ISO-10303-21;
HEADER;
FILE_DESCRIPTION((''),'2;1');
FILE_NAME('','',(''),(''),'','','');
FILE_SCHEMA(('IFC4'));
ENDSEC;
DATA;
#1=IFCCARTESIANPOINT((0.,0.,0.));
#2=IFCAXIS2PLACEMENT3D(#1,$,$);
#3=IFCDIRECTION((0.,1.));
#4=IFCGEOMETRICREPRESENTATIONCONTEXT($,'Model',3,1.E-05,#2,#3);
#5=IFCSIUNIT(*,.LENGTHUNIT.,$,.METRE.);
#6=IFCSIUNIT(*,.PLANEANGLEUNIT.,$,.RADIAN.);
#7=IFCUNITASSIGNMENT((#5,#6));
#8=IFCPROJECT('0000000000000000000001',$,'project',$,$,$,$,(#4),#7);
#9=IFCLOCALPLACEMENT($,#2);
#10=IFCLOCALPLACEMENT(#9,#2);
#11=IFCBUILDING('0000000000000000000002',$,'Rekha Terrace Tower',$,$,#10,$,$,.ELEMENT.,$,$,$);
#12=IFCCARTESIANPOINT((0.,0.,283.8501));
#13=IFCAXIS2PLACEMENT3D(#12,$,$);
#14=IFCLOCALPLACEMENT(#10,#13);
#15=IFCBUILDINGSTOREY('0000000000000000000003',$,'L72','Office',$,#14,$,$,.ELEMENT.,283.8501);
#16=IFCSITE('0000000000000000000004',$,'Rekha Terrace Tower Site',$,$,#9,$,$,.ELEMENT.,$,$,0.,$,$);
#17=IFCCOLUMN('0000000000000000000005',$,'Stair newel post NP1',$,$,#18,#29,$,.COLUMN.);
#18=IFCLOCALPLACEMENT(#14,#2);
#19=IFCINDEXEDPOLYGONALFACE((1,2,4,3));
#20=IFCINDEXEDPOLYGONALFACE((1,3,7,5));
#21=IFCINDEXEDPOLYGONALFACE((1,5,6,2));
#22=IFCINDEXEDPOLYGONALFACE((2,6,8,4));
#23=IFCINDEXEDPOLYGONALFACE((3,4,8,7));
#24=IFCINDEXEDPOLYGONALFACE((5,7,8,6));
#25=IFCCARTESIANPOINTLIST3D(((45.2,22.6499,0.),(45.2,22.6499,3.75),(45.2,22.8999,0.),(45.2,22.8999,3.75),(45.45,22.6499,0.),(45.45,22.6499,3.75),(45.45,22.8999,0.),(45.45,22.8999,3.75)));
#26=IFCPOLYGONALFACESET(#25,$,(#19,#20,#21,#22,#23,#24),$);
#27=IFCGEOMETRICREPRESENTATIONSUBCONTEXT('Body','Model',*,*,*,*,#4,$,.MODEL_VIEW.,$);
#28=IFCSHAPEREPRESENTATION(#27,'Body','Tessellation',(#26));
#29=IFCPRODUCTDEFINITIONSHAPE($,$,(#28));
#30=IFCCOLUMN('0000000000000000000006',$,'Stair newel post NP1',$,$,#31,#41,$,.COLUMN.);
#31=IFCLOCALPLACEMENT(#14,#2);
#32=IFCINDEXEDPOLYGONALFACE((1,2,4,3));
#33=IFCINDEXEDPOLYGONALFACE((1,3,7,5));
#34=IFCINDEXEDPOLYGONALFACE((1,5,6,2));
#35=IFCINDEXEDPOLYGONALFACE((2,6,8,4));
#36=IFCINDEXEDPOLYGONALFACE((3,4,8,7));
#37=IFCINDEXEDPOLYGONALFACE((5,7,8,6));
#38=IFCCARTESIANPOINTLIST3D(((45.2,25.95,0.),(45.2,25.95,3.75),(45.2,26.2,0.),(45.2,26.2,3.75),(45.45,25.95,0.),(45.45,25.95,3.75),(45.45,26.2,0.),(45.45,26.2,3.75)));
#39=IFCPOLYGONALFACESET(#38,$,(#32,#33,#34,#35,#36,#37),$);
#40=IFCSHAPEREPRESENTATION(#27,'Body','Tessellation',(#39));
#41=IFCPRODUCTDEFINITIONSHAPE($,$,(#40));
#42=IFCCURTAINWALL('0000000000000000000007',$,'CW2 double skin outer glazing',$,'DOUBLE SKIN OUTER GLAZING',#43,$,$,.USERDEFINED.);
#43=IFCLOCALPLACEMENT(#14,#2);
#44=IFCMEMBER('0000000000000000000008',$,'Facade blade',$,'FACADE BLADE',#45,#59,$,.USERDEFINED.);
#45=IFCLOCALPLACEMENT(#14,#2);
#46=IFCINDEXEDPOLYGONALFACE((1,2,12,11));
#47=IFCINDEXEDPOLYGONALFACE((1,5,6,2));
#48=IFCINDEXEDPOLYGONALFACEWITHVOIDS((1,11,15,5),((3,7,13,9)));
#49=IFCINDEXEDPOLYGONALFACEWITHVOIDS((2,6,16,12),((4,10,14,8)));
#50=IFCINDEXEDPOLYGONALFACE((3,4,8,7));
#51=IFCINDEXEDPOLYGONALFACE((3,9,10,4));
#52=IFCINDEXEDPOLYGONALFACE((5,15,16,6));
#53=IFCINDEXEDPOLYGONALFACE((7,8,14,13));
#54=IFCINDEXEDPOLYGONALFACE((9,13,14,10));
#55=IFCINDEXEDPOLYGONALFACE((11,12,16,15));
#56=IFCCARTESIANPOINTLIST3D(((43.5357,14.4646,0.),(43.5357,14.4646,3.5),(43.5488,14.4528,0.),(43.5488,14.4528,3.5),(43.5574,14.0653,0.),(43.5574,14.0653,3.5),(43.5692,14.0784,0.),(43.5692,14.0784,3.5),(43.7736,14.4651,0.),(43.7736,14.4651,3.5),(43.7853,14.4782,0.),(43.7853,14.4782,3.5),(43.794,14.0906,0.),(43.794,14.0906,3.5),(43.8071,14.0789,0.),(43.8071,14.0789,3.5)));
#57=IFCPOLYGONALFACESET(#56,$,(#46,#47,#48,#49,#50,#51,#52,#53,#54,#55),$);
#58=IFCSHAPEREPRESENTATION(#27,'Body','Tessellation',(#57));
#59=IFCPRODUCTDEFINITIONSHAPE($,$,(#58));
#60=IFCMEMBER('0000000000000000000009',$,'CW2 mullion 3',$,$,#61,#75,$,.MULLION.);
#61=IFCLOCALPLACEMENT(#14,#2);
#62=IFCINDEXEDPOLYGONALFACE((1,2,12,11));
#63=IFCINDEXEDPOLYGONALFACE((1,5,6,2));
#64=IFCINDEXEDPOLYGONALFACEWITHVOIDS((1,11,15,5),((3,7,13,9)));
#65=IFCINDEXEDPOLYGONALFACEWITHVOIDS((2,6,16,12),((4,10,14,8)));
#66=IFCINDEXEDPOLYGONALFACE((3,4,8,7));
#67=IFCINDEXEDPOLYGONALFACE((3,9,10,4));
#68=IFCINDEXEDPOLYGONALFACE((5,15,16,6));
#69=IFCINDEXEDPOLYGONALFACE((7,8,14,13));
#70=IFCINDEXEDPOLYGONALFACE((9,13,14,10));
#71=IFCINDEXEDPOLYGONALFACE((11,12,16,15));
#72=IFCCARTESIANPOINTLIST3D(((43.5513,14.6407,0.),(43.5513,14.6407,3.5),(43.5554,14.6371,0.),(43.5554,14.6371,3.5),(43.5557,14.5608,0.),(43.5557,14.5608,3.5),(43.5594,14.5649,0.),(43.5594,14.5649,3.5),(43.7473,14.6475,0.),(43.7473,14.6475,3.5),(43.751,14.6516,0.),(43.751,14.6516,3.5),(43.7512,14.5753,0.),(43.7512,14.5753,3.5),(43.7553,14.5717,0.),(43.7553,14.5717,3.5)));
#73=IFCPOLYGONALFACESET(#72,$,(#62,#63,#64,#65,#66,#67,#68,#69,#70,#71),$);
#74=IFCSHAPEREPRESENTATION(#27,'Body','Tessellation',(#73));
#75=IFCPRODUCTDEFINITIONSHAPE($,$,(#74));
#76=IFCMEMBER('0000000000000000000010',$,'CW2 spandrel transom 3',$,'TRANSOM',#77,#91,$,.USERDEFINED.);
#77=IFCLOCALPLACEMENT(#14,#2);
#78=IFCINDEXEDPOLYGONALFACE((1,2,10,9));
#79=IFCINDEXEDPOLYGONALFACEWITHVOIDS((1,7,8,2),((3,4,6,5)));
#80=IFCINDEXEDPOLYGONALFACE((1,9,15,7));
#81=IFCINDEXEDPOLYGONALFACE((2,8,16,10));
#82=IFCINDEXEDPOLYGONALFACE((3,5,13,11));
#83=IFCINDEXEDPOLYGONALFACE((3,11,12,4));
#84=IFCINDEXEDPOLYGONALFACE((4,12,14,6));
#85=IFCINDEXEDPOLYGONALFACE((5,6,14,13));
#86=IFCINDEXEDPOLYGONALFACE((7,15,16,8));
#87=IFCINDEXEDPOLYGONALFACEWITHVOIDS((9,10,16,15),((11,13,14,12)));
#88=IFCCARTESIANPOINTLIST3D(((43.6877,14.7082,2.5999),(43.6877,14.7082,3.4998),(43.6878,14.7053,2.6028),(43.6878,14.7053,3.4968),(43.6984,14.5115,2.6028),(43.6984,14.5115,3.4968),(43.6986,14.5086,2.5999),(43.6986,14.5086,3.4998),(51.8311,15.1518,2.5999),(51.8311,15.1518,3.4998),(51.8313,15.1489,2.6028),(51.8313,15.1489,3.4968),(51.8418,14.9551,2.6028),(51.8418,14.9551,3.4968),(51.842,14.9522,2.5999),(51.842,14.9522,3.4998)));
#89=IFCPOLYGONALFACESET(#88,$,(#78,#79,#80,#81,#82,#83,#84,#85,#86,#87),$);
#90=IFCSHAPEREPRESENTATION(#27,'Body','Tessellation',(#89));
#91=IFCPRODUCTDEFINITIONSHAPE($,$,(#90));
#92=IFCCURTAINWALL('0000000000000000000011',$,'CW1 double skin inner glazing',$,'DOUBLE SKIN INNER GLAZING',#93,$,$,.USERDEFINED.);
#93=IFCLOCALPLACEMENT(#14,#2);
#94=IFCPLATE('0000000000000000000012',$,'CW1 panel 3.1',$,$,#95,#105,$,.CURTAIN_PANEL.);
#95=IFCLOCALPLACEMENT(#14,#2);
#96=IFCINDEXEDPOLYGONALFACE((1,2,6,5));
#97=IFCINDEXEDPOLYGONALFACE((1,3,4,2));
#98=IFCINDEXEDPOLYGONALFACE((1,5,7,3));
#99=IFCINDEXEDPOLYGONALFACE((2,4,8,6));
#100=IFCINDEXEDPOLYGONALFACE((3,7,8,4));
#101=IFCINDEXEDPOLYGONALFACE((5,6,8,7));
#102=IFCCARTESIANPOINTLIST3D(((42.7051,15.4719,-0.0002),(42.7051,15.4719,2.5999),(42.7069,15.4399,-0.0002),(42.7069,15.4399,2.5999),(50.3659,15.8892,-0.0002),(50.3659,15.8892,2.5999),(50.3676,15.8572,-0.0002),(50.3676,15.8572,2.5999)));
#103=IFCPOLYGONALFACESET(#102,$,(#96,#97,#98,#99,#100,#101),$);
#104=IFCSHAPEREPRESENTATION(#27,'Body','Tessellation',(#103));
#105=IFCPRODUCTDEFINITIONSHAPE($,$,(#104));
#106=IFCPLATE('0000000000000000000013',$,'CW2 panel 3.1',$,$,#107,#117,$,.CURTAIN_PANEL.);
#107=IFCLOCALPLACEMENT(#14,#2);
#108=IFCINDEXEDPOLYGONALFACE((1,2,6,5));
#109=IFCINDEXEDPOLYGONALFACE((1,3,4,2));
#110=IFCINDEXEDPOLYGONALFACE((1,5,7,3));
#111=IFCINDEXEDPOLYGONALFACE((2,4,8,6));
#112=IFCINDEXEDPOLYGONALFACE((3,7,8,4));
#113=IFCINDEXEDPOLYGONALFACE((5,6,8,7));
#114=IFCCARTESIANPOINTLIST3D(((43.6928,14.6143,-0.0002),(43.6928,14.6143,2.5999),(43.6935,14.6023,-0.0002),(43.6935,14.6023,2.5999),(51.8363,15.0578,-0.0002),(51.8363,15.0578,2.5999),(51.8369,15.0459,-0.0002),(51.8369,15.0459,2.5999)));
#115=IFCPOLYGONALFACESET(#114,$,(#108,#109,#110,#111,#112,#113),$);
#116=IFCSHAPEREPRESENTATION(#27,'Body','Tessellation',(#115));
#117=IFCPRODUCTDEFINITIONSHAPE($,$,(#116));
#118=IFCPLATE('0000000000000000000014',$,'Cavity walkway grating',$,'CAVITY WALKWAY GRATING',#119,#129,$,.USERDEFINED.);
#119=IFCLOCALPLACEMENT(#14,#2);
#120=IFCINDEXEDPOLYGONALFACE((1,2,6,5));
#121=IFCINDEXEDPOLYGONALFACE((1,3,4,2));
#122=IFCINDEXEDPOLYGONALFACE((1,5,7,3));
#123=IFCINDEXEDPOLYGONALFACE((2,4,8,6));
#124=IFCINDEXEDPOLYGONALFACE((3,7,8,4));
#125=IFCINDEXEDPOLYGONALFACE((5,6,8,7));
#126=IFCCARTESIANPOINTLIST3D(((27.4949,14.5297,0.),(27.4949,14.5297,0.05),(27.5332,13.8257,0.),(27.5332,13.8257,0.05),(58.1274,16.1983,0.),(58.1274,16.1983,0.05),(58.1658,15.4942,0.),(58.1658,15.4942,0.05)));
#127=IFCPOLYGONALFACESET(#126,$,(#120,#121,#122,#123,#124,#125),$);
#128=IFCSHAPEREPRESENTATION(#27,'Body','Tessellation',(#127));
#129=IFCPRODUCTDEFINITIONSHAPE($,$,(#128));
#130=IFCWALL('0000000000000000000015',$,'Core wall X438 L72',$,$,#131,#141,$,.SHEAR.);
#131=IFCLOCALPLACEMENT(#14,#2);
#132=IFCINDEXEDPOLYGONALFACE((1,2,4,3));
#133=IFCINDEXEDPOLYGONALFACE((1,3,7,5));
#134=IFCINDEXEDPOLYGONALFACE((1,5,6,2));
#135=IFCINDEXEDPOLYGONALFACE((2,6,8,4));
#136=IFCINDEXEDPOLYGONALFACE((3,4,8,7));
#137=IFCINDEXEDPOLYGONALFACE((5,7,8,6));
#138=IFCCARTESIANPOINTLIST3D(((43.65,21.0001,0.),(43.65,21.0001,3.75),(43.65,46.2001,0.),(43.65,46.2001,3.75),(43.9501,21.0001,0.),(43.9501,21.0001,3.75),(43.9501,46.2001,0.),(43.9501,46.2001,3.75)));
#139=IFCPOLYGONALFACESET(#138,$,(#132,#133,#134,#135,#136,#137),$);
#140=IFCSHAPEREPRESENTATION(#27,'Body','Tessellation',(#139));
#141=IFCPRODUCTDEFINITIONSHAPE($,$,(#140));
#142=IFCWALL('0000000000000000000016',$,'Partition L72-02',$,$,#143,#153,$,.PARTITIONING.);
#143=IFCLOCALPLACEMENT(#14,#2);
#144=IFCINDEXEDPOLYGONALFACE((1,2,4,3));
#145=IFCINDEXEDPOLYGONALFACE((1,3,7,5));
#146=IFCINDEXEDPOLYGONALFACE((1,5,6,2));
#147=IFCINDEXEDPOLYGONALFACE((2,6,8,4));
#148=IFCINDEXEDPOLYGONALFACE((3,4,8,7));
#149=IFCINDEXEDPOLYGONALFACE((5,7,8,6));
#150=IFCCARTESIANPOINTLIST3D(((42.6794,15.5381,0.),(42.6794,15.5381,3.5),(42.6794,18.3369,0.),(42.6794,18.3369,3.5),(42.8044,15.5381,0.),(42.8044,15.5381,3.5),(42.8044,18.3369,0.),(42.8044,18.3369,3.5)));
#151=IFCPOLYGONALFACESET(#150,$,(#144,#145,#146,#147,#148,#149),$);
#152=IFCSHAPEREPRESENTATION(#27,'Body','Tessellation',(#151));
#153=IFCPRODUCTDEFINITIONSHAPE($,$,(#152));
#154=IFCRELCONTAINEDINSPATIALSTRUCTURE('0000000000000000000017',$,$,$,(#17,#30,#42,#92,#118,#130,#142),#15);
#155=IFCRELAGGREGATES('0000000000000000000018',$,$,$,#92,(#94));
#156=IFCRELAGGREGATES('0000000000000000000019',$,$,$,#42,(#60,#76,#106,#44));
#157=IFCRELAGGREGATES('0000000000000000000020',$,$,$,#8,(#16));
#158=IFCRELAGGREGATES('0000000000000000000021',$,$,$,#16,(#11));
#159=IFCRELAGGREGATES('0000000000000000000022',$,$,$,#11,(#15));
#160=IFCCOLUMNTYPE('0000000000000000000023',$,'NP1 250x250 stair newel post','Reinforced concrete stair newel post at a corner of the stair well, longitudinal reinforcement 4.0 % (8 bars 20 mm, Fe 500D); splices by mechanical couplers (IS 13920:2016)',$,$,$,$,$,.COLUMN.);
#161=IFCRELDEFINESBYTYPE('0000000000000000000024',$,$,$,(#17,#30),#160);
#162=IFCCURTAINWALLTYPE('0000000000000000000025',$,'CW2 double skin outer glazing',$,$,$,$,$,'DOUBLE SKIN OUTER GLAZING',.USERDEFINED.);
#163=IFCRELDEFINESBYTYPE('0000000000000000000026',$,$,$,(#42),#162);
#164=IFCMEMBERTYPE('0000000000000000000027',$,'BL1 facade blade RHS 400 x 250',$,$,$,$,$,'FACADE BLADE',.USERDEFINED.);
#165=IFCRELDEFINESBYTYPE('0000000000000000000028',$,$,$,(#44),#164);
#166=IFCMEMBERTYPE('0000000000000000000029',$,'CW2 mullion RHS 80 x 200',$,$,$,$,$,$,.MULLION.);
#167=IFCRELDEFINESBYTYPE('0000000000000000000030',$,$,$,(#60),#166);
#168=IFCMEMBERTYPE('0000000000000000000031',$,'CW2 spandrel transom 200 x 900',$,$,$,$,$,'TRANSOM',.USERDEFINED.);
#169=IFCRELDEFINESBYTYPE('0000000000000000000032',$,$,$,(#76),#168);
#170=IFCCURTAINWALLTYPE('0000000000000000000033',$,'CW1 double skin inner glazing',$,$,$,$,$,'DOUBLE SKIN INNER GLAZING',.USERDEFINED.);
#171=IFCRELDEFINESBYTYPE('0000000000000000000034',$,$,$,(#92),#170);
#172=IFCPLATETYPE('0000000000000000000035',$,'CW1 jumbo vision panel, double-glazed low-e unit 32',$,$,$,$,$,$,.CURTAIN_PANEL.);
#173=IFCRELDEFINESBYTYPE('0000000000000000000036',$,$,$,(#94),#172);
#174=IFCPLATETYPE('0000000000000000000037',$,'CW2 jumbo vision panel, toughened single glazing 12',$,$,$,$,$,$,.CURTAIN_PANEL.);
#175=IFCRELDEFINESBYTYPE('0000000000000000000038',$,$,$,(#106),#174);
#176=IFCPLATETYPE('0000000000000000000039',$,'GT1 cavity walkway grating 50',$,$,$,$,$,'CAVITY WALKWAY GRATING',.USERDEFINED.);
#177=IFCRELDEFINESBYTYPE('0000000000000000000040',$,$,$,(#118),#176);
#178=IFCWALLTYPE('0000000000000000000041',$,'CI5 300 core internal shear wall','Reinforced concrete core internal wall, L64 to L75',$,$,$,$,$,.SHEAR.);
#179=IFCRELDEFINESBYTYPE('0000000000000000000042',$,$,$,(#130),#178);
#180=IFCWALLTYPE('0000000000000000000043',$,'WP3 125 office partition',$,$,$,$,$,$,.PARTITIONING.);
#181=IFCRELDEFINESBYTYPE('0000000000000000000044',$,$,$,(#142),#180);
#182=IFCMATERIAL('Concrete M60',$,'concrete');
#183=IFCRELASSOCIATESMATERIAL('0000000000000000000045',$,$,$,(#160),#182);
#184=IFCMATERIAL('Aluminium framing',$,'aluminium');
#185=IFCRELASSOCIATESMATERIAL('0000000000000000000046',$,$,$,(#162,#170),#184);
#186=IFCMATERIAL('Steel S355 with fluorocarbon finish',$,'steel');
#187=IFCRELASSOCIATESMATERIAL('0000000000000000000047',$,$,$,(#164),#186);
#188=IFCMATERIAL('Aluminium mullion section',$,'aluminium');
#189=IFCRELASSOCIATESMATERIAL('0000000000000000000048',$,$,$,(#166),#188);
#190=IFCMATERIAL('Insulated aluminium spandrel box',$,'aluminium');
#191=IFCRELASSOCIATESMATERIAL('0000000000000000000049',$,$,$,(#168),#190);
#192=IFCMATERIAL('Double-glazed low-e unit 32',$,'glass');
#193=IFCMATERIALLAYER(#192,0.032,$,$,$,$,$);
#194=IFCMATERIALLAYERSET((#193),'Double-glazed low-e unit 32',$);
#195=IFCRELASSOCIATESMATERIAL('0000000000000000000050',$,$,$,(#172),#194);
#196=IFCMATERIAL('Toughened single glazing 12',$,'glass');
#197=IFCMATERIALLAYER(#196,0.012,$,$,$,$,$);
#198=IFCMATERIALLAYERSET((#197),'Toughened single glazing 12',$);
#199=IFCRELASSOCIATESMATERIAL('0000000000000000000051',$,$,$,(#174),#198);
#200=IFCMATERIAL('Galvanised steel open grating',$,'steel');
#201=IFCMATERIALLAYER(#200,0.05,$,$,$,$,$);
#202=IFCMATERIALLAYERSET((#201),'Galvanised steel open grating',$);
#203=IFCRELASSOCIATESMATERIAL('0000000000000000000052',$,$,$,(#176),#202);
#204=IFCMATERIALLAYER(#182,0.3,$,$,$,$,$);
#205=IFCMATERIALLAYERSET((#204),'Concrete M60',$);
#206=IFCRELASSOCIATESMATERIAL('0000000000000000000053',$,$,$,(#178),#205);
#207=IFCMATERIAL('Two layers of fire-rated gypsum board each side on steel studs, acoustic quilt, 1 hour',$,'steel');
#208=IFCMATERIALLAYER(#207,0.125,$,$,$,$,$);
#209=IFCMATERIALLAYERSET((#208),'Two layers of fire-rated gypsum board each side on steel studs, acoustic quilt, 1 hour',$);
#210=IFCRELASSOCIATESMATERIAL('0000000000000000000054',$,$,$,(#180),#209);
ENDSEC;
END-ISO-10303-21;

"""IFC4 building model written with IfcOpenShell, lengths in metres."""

from ifc_helpers import new_model, si_unit, direction, frame, frame_2d, origin, origin_2d, place, context, subcontext, project, spatial, rectangle, hollow_rectangle, extrude, material, layer, layer_set, material_profile, profile_set, type_object, element, aggregate, save


model = new_model("IFC4")

# Units and contexts
model_context = context("Model", 3, precision=1e-05, world=origin(), true_north=direction((0.0, 1.0)))
body_context = subcontext(model_context, "Body", "Model", "MODEL_VIEW")
ifc_project = project(units=[si_unit("LENGTHUNIT", "METRE"), si_unit("PLANEANGLEUNIT", "RADIAN")], contexts=[model_context])

# Site, building, storey
site_placement = place(None, origin())
site = spatial("IfcSite", under=ifc_project, at=site_placement, Name="Rekha Terrace Tower Site", CompositionType="ELEMENT", RefElevation=0.0)
building_placement = place(site_placement, origin())
building = spatial("IfcBuilding", under=site, at=building_placement, Name="Rekha Terrace Tower", CompositionType="ELEMENT")
storey_placement = place(building_placement, frame((0.0, 0.0, 283.8501)))
storey = spatial("IfcBuildingStorey", under=building, at=storey_placement, Name="L72", Description="Office", CompositionType="ELEMENT", Elevation=283.8501)

# Columns
ifc_material_1 = material(Name="Concrete M60", Category="concrete")
ifc_material_profile_1 = material_profile(ifc_material_1, rectangle(XDim=0.25, YDim=0.25, at=origin_2d()), Name="RC 250x250")
ifc_profile_set_1 = profile_set([ifc_material_profile_1], Name="Concrete M60")
column_type = type_object("IfcColumnType", Name="NP1 250x250 stair newel post", Description="Reinforced concrete stair newel post at a corner of the stair well, longitudinal reinforcement 4.0 % (8 bars 20 mm, Fe 500D); splices by mechanical couplers (IS 13920:2016)", PredefinedType="COLUMN", material=ifc_profile_set_1)
for number, where, z_axis, x_axis, name in (
    (1, (45.325, 22.7749, 0.0), (0.0, 0.0, 1.0), (1.0, 0.0, 0.0), "Stair newel post NP1"),
    (2, (45.325, 26.075, 0.0), (0.0, 0.0, 1.0), (1.0, 0.0, 0.0), "Stair newel post NP1"),
):
    element("IfcColumn", number, at=place(storey_placement, frame(where, z_axis=z_axis, x_axis=x_axis)), inside=storey, type_object=column_type, Name=name, PredefinedType="COLUMN", context=body_context, shape_type="SweptSolid", body=[
        extrude(rectangle(XDim=0.25, YDim=0.25, at=origin_2d()), origin(), (0.0, 0.0, 1.0), 3.75),
    ])

# Curtain wall, members
ifc_material_2 = material(Name="Aluminium framing", Category="aluminium")
curtain_wall_type_1 = type_object("IfcCurtainWallType", Name="CW2 double skin outer glazing", ElementType="DOUBLE SKIN OUTER GLAZING", PredefinedType="USERDEFINED", material=ifc_material_2)
curtain_wall_1_placement = place(storey_placement, origin())
curtain_wall_1 = element("IfcCurtainWall", 3, at=curtain_wall_1_placement, inside=storey, type_object=curtain_wall_type_1, Name="CW2 double skin outer glazing", ObjectType="DOUBLE SKIN OUTER GLAZING", PredefinedType="USERDEFINED")
ifc_material_3 = material(Name="Steel S355 with fluorocarbon finish", Category="steel")
ifc_material_profile_2 = material_profile(ifc_material_3, hollow_rectangle(XDim=0.25, YDim=0.3999, WallThickness=0.0125, at=origin_2d()), Name="RHS400x250x12.5")
ifc_profile_set_2 = profile_set([ifc_material_profile_2], Name="Steel S355 with fluorocarbon finish")
member_type_1 = type_object("IfcMemberType", Name="BL1 facade blade RHS 400 x 250", ElementType="FACADE BLADE", PredefinedType="USERDEFINED", material=ifc_profile_set_2)
member_1_placement = place(storey_placement, frame((43.6714, 14.2717, 0.0), z_axis=(0.0, 0.0, 1.0), x_axis=(0.99852, 0.054389, 0.0)))
member_1 = element("IfcMember", 4, at=member_1_placement, type_object=member_type_1, Name="Facade blade", ObjectType="FACADE BLADE", PredefinedType="USERDEFINED", context=body_context, shape_type="SweptSolid", body=[
    extrude(hollow_rectangle(XDim=0.25, YDim=0.3999, WallThickness=0.0125, at=origin_2d()), origin(), (0.0, 0.0, 1.0), 3.5),
])
ifc_material_4 = material(Name="Aluminium mullion section", Category="aluminium")
ifc_material_profile_3 = material_profile(ifc_material_4, hollow_rectangle(XDim=0.0801, YDim=0.2, WallThickness=0.0039, at=origin_2d()), Name="AL RHS 80x200")
ifc_profile_set_3 = profile_set([ifc_material_profile_3], Name="Aluminium mullion section")
member_type_2 = type_object("IfcMemberType", Name="CW2 mullion RHS 80 x 200", PredefinedType="MULLION", material=ifc_profile_set_3)
member_2_placement = place(storey_placement, frame((43.6533, 14.6062, 0.0), z_axis=(0.0, 0.0, 1.0), x_axis=(-0.054389, 0.99852, 0.0)))
member_2 = element("IfcMember", 5, at=member_2_placement, type_object=member_type_2, Name="CW2 mullion 3", PredefinedType="MULLION", context=body_context, shape_type="SweptSolid", body=[
    extrude(hollow_rectangle(XDim=0.0801, YDim=0.2, WallThickness=0.0039, at=origin_2d()), origin(), (0.0, 0.0, 1.0), 3.5),
])
ifc_material_5 = material(Name="Insulated aluminium spandrel box", Category="aluminium")
ifc_material_profile_4 = material_profile(ifc_material_5, hollow_rectangle(XDim=0.2, YDim=0.8999, WallThickness=0.0029, at=origin_2d()), Name="AL SPANDREL BOX 200x900")
ifc_profile_set_4 = profile_set([ifc_material_profile_4], Name="Insulated aluminium spandrel box")
member_type_3 = type_object("IfcMemberType", Name="CW2 spandrel transom 200 x 900", ElementType="TRANSOM", PredefinedType="USERDEFINED", material=ifc_profile_set_4)
member_3_placement = place(storey_placement, frame((43.6931, 14.6084, 3.0498), z_axis=(0.99852, 0.054392, 0.0), x_axis=(-0.054392, 0.99852, 0.0)))
member_3 = element("IfcMember", 6, at=member_3_placement, type_object=member_type_3, Name="CW2 spandrel transom 3", ObjectType="TRANSOM", PredefinedType="USERDEFINED", context=body_context, shape_type="SweptSolid", body=[
    extrude(hollow_rectangle(XDim=0.2, YDim=0.8999, WallThickness=0.0029, at=origin_2d()), origin(), (0.0, 0.0, 1.0), 8.1555),
])

# Curtain wall, plate
curtain_wall_type_2 = type_object("IfcCurtainWallType", Name="CW1 double skin inner glazing", ElementType="DOUBLE SKIN INNER GLAZING", PredefinedType="USERDEFINED", material=ifc_material_2)
curtain_wall_2_placement = place(storey_placement, origin())
curtain_wall_2 = element("IfcCurtainWall", 7, at=curtain_wall_2_placement, inside=storey, type_object=curtain_wall_type_2, Name="CW1 double skin inner glazing", ObjectType="DOUBLE SKIN INNER GLAZING", PredefinedType="USERDEFINED")
ifc_material_6 = material(Name="Double-glazed low-e unit 32", Category="glass")
ifc_layer_1 = layer(ifc_material_6, 0.032)
ifc_layer_set_1 = layer_set([ifc_layer_1], Name="Double-glazed low-e unit 32")
plate_type_1 = type_object("IfcPlateType", Name="CW1 jumbo vision panel, double-glazed low-e unit 32", PredefinedType="CURTAIN_PANEL", material=ifc_layer_set_1)
plate_1_placement = place(storey_placement, frame((46.5364, 15.6646, -0.0002), z_axis=(0.0, 0.0, 1.0), x_axis=(0.99852, 0.054389, 0.0)))
plate_1 = element("IfcPlate", 8, at=plate_1_placement, type_object=plate_type_1, Name="CW1 panel 3.1", PredefinedType="CURTAIN_PANEL", context=body_context, shape_type="SweptSolid", body=[
    extrude(rectangle(XDim=7.6721, YDim=0.032, at=origin_2d()), origin(), (0.0, 0.0, 1.0), 2.6001),
])
aggregate(curtain_wall_2, [plate_1])

# Plates
ifc_material_7 = material(Name="Toughened single glazing 12", Category="glass")
ifc_layer_2 = layer(ifc_material_7, 0.012)
ifc_layer_set_2 = layer_set([ifc_layer_2], Name="Toughened single glazing 12")
plate_type_2 = type_object("IfcPlateType", Name="CW2 jumbo vision panel, toughened single glazing 12", PredefinedType="CURTAIN_PANEL", material=ifc_layer_set_2)
plate_2_placement = place(storey_placement, frame((47.7649, 14.8301, -0.0002), z_axis=(0.0, 0.0, 1.0), x_axis=(0.99852, 0.054389, 0.0)))
plate_2 = element("IfcPlate", 9, at=plate_2_placement, type_object=plate_type_2, Name="CW2 panel 3.1", PredefinedType="CURTAIN_PANEL", context=body_context, shape_type="SweptSolid", body=[
    extrude(rectangle(XDim=8.1555, YDim=0.012, at=origin_2d()), origin(), (0.0, 0.0, 1.0), 2.6001),
])
aggregate(curtain_wall_1, [member_2, member_3, plate_2, member_1])
ifc_material_8 = material(Name="Galvanised steel open grating", Category="steel")
ifc_layer_3 = layer(ifc_material_8, 0.05)
ifc_layer_set_3 = layer_set([ifc_layer_3], Name="Galvanised steel open grating")
plate_type_3 = type_object("IfcPlateType", Name="GT1 cavity walkway grating 50", ElementType="CAVITY WALKWAY GRATING", PredefinedType="USERDEFINED", material=ifc_layer_set_3)
plate_3_placement = place(storey_placement, frame((42.8303, 15.012, 0.0), z_axis=(0.0, 0.0, 1.0), x_axis=(0.99852, 0.054389, 0.0)))
element("IfcPlate", 10, at=plate_3_placement, inside=storey, type_object=plate_type_3, Name="Cavity walkway grating", ObjectType="CAVITY WALKWAY GRATING", PredefinedType="USERDEFINED", context=body_context, shape_type="SweptSolid", body=[
    extrude(rectangle(XDim=30.678, YDim=0.7051, at=origin_2d()), origin(), (0.0, 0.0, 1.0), 0.05),
])

# Walls
ifc_layer_4 = layer(ifc_material_1, 0.3)
ifc_layer_set_4 = layer_set([ifc_layer_4], Name="Concrete M60")
wall_type_1 = type_object("IfcWallType", Name="CI5 300 core internal shear wall", Description="Reinforced concrete core internal wall, L64 to L75", PredefinedType="SHEAR", material=ifc_layer_set_4)
wall_1_placement = place(storey_placement, frame((43.8, 21.0, 0.0), z_axis=(0.0, 0.0, 1.0), x_axis=(0.0, 1.0, 0.0)))
element("IfcWall", 11, at=wall_1_placement, inside=storey, type_object=wall_type_1, Name="Core wall X438 L72", PredefinedType="SHEAR", context=body_context, shape_type="SweptSolid", body=[
    extrude(rectangle(XDim=25.2, YDim=0.3, at=frame_2d((12.6001, 0.0))), origin(), (0.0, 0.0, 1.0), 3.75),
])
ifc_material_9 = material(Name="Two layers of fire-rated gypsum board each side on steel studs, acoustic quilt, 1 hour", Category="steel")
ifc_layer_5 = layer(ifc_material_9, 0.125)
ifc_layer_set_5 = layer_set([ifc_layer_5], Name="Two layers of fire-rated gypsum board each side on steel studs, acoustic quilt, 1 hour")
wall_type_2 = type_object("IfcWallType", Name="WP3 125 office partition", PredefinedType="PARTITIONING", material=ifc_layer_set_5)
wall_2_placement = place(storey_placement, frame((42.7419, 15.5381, 0.0), z_axis=(0.0, 0.0, 1.0), x_axis=(0.0, 1.0, 0.0)))
element("IfcWall", 12, at=wall_2_placement, inside=storey, type_object=wall_type_2, Name="Partition L72-02", PredefinedType="PARTITIONING", context=body_context, shape_type="SweptSolid", body=[
    extrude(rectangle(XDim=2.7988, YDim=0.125, at=frame_2d((1.3994, 0.0))), origin(), (0.0, 0.0, 1.0), 3.5),
])

save(model, "model.ifc")
